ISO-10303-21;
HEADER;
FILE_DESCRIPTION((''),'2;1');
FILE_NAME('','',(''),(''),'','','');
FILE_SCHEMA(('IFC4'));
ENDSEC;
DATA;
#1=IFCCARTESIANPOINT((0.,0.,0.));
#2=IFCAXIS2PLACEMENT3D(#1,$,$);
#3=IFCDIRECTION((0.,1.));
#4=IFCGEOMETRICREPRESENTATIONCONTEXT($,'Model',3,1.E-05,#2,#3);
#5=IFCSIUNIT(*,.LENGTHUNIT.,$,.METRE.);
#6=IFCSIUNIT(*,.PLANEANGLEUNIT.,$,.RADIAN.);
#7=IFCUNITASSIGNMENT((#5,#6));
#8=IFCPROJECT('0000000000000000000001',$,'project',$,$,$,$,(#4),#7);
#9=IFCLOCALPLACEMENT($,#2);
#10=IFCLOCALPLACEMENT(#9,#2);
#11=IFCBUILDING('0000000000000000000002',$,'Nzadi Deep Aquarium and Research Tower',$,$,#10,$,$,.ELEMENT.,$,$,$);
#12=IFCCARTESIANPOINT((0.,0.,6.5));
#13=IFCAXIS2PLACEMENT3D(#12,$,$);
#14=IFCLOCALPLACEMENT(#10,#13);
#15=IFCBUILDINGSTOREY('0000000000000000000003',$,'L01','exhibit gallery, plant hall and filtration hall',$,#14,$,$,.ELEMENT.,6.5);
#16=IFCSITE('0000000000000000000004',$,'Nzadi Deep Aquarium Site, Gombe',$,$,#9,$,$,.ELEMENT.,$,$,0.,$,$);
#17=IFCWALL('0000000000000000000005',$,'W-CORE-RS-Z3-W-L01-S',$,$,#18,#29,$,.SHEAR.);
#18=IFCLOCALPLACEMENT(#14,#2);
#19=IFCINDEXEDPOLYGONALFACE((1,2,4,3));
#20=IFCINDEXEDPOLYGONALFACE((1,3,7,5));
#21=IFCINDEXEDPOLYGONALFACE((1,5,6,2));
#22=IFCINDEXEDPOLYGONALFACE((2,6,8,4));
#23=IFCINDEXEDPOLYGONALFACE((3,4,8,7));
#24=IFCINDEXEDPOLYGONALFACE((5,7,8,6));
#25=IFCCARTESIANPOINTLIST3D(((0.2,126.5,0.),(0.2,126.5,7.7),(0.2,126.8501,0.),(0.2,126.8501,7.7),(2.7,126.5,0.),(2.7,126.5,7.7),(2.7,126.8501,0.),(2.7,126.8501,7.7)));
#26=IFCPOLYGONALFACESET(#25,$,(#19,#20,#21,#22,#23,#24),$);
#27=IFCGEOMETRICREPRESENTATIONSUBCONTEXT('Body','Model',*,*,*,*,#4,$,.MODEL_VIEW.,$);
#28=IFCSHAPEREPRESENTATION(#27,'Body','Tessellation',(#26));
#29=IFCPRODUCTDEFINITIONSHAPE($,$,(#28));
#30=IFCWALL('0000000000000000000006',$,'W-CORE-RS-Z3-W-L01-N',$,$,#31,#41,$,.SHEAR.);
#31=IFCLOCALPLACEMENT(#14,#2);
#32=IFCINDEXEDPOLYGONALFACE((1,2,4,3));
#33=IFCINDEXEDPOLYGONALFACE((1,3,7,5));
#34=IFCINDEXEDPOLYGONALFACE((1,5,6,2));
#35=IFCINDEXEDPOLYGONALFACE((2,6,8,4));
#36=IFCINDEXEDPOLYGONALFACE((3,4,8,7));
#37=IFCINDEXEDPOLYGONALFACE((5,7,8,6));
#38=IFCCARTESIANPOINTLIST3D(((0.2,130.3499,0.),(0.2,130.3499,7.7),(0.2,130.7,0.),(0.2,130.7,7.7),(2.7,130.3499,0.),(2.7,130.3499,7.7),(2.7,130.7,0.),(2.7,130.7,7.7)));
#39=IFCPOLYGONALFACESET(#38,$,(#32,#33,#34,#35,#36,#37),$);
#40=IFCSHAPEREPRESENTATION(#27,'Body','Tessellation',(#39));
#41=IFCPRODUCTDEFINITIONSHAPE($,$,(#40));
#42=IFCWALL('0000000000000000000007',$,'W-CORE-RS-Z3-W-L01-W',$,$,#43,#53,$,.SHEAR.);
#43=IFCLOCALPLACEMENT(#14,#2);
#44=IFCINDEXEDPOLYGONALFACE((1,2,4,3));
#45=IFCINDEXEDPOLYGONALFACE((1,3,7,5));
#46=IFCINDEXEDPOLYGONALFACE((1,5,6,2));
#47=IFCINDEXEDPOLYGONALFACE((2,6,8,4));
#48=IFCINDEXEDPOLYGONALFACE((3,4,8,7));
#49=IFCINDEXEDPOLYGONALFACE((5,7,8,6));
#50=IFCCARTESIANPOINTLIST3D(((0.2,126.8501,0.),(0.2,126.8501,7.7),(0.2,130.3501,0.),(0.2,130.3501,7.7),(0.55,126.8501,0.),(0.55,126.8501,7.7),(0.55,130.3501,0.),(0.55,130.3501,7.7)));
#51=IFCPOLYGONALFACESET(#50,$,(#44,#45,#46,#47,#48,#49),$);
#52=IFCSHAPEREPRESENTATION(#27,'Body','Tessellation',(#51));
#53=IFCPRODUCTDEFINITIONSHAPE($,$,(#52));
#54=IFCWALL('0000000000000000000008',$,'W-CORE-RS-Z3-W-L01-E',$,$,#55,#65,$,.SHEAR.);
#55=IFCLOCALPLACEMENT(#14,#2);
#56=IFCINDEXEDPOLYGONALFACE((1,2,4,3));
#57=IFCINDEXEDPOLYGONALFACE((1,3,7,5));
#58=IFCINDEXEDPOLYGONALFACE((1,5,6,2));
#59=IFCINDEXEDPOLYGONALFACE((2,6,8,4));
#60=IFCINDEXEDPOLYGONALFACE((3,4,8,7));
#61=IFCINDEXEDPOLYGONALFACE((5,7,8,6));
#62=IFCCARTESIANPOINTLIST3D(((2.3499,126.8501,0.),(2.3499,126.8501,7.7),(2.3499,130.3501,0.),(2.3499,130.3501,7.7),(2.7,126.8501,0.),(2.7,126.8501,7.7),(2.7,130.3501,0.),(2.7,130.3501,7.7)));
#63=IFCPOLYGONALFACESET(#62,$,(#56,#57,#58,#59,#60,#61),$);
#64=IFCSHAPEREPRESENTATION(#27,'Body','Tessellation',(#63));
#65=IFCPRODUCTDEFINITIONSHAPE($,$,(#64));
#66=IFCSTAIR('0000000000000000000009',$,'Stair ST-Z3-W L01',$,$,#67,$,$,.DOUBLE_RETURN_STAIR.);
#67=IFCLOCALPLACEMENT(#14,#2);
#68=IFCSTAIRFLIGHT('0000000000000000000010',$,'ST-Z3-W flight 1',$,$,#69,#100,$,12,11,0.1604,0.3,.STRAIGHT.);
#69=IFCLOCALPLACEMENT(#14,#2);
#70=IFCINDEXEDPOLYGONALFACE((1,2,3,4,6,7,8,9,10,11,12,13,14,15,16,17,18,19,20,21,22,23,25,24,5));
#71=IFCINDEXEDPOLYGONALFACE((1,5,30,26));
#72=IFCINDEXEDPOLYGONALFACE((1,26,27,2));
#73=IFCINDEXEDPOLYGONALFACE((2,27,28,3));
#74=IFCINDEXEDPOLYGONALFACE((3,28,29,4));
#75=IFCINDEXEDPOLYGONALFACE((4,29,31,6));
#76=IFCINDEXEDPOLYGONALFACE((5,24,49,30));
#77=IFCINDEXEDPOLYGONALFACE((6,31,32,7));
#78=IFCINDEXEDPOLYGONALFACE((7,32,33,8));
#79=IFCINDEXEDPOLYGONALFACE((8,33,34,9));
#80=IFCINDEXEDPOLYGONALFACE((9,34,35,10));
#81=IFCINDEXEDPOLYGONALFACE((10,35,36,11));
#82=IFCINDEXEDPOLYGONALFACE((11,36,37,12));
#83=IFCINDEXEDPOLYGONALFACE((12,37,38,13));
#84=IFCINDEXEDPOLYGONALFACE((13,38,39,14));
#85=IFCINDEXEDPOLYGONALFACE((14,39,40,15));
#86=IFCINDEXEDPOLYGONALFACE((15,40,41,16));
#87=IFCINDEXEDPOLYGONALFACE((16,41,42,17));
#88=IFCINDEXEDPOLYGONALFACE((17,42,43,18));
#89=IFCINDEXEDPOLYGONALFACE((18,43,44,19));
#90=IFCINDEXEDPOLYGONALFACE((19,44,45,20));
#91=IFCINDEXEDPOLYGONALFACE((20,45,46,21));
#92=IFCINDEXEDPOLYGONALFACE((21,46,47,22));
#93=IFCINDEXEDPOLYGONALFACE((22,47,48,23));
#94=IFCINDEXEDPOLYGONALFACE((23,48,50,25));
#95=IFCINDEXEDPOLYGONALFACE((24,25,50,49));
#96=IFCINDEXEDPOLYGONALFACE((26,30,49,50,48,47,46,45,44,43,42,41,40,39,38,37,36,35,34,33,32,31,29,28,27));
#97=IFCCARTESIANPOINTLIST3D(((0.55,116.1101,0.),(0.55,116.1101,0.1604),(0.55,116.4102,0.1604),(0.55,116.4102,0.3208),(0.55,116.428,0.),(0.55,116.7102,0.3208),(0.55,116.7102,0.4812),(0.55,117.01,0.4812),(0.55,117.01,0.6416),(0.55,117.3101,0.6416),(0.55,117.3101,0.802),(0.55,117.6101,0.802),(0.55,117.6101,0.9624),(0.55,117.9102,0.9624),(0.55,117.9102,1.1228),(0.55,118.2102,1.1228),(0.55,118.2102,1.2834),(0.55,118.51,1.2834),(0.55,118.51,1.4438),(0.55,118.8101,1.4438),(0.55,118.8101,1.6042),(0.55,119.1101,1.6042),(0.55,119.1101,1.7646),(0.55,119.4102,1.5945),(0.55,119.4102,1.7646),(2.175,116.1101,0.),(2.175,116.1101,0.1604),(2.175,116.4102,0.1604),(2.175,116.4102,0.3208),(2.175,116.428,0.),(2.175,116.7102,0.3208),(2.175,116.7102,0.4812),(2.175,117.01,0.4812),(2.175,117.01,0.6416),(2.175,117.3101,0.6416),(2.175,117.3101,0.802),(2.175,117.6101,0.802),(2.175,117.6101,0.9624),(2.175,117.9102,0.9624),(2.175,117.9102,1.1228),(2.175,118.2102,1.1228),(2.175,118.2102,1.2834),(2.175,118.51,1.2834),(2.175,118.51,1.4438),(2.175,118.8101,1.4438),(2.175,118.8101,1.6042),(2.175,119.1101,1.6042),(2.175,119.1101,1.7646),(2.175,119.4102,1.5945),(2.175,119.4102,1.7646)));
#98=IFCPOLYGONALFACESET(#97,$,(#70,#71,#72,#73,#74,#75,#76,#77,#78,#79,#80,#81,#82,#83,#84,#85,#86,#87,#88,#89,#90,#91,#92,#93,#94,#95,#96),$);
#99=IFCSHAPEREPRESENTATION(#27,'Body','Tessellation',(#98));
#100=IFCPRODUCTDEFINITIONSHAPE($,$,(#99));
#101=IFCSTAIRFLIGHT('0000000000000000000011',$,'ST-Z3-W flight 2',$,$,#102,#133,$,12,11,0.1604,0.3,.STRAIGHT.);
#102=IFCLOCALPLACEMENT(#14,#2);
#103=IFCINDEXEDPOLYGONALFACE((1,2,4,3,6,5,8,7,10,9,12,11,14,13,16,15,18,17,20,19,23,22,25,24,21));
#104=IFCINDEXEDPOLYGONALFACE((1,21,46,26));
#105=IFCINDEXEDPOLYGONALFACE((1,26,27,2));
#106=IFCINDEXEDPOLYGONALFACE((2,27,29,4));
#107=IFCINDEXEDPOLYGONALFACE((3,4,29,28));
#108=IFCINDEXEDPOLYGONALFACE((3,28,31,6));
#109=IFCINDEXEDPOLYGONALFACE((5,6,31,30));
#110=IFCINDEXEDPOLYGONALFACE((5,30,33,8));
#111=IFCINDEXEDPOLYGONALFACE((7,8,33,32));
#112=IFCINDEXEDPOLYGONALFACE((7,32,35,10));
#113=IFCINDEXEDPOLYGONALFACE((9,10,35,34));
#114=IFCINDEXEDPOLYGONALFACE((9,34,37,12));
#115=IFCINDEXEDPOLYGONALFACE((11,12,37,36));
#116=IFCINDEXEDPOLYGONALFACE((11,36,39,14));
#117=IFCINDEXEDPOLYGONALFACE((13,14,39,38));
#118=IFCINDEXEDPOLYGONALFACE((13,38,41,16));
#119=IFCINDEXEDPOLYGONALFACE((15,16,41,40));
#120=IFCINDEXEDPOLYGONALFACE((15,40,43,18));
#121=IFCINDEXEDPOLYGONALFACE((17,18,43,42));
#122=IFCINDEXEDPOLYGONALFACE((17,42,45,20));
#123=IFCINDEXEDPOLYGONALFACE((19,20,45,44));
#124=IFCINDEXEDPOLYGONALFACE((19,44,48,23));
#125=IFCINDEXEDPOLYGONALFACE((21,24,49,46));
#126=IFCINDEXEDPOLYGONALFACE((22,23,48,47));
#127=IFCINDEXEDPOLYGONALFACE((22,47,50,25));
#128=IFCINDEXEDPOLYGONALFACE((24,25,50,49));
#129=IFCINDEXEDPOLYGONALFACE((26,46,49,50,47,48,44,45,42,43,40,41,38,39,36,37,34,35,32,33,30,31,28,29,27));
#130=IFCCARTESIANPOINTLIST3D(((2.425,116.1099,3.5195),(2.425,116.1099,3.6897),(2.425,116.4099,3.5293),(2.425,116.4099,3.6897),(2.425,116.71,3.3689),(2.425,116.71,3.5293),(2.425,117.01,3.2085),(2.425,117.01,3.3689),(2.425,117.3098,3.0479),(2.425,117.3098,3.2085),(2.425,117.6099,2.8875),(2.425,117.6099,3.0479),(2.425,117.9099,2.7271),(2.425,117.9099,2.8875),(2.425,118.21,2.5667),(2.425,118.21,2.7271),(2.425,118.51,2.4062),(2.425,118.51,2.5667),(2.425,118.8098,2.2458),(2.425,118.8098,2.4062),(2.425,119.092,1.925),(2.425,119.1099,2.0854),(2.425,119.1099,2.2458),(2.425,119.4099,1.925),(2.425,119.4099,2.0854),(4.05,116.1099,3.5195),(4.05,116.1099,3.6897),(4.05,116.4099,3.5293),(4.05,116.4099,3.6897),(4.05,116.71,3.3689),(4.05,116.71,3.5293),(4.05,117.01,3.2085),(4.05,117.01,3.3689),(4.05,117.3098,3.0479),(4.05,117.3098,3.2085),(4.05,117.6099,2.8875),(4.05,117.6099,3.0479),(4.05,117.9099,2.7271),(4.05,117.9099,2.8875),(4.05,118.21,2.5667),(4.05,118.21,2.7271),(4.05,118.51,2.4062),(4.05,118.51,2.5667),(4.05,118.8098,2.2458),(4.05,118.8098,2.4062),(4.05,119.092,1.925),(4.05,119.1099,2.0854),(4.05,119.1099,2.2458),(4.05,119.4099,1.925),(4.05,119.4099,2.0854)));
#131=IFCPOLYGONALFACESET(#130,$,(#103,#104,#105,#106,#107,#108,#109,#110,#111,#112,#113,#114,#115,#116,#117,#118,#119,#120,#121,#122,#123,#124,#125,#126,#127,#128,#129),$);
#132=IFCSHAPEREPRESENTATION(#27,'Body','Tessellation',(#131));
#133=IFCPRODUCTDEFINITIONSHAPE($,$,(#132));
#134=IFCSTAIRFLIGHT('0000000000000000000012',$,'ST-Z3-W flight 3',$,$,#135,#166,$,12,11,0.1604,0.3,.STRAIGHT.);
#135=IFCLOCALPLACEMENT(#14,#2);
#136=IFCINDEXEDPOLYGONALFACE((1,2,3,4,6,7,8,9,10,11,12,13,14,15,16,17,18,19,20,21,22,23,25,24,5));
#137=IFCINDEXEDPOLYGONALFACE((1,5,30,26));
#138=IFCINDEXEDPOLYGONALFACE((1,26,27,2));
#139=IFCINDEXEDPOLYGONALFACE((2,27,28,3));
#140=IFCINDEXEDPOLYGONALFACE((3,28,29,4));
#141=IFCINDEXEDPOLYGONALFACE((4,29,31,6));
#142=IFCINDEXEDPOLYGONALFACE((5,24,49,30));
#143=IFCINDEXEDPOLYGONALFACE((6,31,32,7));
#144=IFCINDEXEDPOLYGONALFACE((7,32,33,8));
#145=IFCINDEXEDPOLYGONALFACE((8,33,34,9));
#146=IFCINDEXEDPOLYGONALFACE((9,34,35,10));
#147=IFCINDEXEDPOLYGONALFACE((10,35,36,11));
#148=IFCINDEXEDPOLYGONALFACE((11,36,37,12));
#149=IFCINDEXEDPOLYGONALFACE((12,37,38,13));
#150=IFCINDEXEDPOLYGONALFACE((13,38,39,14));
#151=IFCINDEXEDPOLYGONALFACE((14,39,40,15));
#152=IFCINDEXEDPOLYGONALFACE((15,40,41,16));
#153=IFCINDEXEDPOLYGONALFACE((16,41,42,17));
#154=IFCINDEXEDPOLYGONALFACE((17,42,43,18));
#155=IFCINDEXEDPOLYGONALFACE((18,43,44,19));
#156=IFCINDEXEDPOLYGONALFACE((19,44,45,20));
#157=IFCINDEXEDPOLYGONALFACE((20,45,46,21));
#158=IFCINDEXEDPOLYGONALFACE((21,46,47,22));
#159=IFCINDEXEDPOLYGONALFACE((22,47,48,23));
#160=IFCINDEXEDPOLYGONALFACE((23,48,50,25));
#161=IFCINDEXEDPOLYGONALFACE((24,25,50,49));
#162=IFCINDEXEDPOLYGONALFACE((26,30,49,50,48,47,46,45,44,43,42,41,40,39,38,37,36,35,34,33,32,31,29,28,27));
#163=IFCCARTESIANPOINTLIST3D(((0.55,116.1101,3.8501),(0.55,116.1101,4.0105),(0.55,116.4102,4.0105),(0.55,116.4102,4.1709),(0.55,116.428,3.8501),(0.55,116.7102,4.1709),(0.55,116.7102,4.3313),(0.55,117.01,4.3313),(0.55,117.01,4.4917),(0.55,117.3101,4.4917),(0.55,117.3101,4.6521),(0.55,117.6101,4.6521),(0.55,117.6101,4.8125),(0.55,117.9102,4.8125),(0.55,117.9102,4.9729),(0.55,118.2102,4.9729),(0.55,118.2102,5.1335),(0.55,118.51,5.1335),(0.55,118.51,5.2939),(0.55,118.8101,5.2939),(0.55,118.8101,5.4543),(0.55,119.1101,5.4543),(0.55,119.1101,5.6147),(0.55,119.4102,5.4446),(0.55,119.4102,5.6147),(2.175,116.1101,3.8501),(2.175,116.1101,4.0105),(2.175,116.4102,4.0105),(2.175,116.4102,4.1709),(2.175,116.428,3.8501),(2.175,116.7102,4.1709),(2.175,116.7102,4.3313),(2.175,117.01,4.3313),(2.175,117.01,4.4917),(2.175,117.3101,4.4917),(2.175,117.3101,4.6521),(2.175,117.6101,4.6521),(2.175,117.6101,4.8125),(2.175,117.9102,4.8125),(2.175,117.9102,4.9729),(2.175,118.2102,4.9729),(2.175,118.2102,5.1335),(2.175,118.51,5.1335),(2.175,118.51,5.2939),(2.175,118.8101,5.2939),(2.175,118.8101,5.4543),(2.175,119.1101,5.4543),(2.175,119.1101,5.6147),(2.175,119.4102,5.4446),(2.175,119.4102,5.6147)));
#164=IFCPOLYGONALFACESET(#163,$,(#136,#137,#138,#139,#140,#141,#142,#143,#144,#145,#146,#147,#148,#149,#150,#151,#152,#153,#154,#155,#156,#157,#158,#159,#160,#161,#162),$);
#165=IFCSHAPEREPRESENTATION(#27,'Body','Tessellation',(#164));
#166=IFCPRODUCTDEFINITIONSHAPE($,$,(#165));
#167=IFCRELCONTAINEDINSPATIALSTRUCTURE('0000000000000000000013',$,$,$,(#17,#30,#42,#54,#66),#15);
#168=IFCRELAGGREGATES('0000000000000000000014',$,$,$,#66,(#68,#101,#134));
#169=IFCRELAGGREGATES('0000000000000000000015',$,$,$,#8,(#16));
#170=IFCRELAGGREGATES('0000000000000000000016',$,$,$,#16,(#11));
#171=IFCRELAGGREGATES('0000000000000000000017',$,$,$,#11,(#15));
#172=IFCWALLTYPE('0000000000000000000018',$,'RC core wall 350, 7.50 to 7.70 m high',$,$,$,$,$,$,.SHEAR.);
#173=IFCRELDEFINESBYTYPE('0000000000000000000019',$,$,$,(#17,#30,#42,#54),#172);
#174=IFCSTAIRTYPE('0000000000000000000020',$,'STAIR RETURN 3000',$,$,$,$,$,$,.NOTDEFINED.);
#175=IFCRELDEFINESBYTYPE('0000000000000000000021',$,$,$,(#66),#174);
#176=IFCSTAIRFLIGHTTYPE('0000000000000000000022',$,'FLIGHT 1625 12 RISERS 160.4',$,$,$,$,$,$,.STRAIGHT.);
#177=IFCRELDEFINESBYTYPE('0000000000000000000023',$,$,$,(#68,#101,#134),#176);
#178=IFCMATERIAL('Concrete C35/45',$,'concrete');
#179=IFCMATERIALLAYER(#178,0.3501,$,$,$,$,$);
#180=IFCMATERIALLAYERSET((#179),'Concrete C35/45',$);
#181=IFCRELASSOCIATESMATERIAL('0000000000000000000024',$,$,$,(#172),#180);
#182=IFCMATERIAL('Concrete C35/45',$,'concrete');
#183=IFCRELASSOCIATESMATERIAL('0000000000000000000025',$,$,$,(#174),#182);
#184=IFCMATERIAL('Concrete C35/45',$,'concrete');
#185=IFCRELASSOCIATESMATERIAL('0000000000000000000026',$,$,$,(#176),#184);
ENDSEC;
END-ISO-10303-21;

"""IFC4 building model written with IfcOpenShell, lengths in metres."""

from ifc_helpers import new_model, si_unit, direction, frame, frame_2d, origin, place, context, subcontext, project, spatial, polyline, rectangle, outline, extrude, material, layer, layer_set, type_object, element, aggregate, save


model = new_model("IFC4")

# Units and contexts
model_context = context("Model", 3, precision=1e-05, world=origin(), true_north=direction((0.0, 1.0)))
body_context = subcontext(model_context, "Body", "Model", "MODEL_VIEW")
ifc_project = project(units=[si_unit("LENGTHUNIT", "METRE"), si_unit("PLANEANGLEUNIT", "RADIAN")], contexts=[model_context])

# Site, building, storey
site_placement = place(None, origin())
site = spatial("IfcSite", under=ifc_project, at=site_placement, Name="Nzadi Deep Aquarium Site, Gombe", CompositionType="ELEMENT", RefElevation=0.0)
building_placement = place(site_placement, origin())
building = spatial("IfcBuilding", under=site, at=building_placement, Name="Nzadi Deep Aquarium and Research Tower", CompositionType="ELEMENT")
storey_placement = place(building_placement, frame((0.0, 0.0, 6.5)))
storey = spatial("IfcBuildingStorey", under=building, at=storey_placement, Name="L01", Description="exhibit gallery, plant hall and filtration hall", CompositionType="ELEMENT", Elevation=6.5)

# Shared definitions
ifc_material_1 = material(Name="Concrete C35/45", Category="concrete")
ifc_layer = layer(ifc_material_1, 0.3501)
ifc_layer_set = layer_set([ifc_layer], Name="Concrete C35/45")
wall_type = type_object("IfcWallType", Name="RC core wall 350, 7.50 to 7.70 m high", PredefinedType="SHEAR", material=ifc_layer_set)

# Walls
for number, where, z_axis, x_axis, name in (
    (1, (0.2, 126.675, 0.0), (0.0, 0.0, 1.0), (1.0, 0.0, 0.0), "W-CORE-RS-Z3-W-L01-S"),
    (2, (0.2, 130.5249, 0.0), (0.0, 0.0, 1.0), (1.0, 0.0, 0.0), "W-CORE-RS-Z3-W-L01-N"),
):
    element("IfcWall", number, at=place(storey_placement, frame(where, z_axis=z_axis, x_axis=x_axis)), inside=storey, type_object=wall_type, Name=name, PredefinedType="SHEAR", context=body_context, shape_type="SweptSolid", body=[
        extrude(rectangle(XDim=2.5, YDim=0.3501, at=frame_2d((1.25, 0.0))), origin(), (0.0, 0.0, 1.0), 7.7),
    ])
for number, where, z_axis, x_axis, name in (
    (3, (0.375, 126.8501, 0.0), (0.0, 0.0, 1.0), (0.0, 1.0, 0.0), "W-CORE-RS-Z3-W-L01-W"),
    (4, (2.5249, 126.8501, 0.0), (0.0, 0.0, 1.0), (0.0, 1.0, 0.0), "W-CORE-RS-Z3-W-L01-E"),
):
    element("IfcWall", number, at=place(storey_placement, frame(where, z_axis=z_axis, x_axis=x_axis)), inside=storey, type_object=wall_type, Name=name, PredefinedType="SHEAR", context=body_context, shape_type="SweptSolid", body=[
        extrude(rectangle(XDim=3.5, YDim=0.3501, at=frame_2d((1.75, 0.0))), origin(), (0.0, 0.0, 1.0), 7.7),
    ])

# Stair, stair flights
ifc_material_2 = material(Name="Concrete C35/45", Category="concrete")
stair_type = type_object("IfcStairType", Name="STAIR RETURN 3000", PredefinedType="NOTDEFINED", material=ifc_material_2)
stair_placement = place(storey_placement, origin())
stair = element("IfcStair", 5, at=stair_placement, inside=storey, type_object=stair_type, Name="Stair ST-Z3-W L01", PredefinedType="DOUBLE_RETURN_STAIR")
ifc_material_3 = material(Name="Concrete C35/45", Category="concrete")
stair_flight_type = type_object("IfcStairFlightType", Name="FLIGHT 1625 12 RISERS 160.4", PredefinedType="STRAIGHT", material=ifc_material_3)
stair_flight_1_placement = place(storey_placement, frame((1.3625, 116.1101, 0.0), z_axis=(0.0, 0.0, 1.0), x_axis=(0.0, 1.0, 0.0)))
stair_flight_1 = element("IfcStairFlight", 6, at=stair_flight_1_placement, type_object=stair_flight_type, Name="ST-Z3-W flight 1", NumberOfRisers=12, NumberOfTreads=11, PredefinedType="STRAIGHT", RiserHeight=0.1604, TreadLength=0.3, context=body_context, shape_type="SweptSolid", body=[
    extrude(outline(polyline([(0.0, 0.0), (0.0, 0.1604), (0.3, 0.1604), (0.3, 0.3208), (0.6001, 0.3208), (0.6001, 0.4812), (0.8999, 0.4812), (0.8999, 0.6416), (1.2, 0.6416), (1.2, 0.802), (1.5, 0.802), (1.5, 0.9624), (1.8, 0.9624), (1.8, 1.1228), (2.1001, 1.1228), (2.1001, 1.2834), (2.3999, 1.2834), (2.3999, 1.4438), (2.7, 1.4438), (2.7, 1.6042), (3.0, 1.6042), (3.0, 1.7646), (3.3, 1.7646), (3.3, 1.925), (3.3, 1.5945), (0.3179, 0.0), (0.0, 0.0)])), frame((0.0, 0.8125, 0.0), z_axis=(0.0, -1.0, 0.0), x_axis=(1.0, 0.0, 0.0)), (0.0, 0.0, 1.0), 1.625),
])
stair_flight_2_placement = place(storey_placement, frame((3.2375, 119.4099, 1.925), z_axis=(0.0, 0.0, 1.0), x_axis=(0.0, -1.0, 0.0)))
stair_flight_2 = element("IfcStairFlight", 7, at=stair_flight_2_placement, type_object=stair_flight_type, Name="ST-Z3-W flight 2", NumberOfRisers=12, NumberOfTreads=11, PredefinedType="STRAIGHT", RiserHeight=0.1604, TreadLength=0.3, context=body_context, shape_type="SweptSolid", body=[
    extrude(outline(polyline([(0.0, 0.0), (0.0, 0.1604), (0.3, 0.1604), (0.3, 0.3208), (0.6001, 0.3208), (0.6001, 0.4812), (0.8999, 0.4812), (0.8999, 0.6416), (1.2, 0.6416), (1.2, 0.802), (1.5, 0.802), (1.5, 0.9624), (1.8, 0.9624), (1.8, 1.1228), (2.1001, 1.1228), (2.1001, 1.2834), (2.3999, 1.2834), (2.3999, 1.4438), (2.7, 1.4438), (2.7, 1.6042), (3.0, 1.6042), (3.0, 1.7646), (3.3, 1.7646), (3.3, 1.925), (3.3, 1.5945), (0.3179, 0.0), (0.0, 0.0)])), frame((0.0, 0.8125, 0.0), z_axis=(0.0, -1.0, 0.0), x_axis=(1.0, 0.0, 0.0)), (0.0, 0.0, 1.0), 1.625),
])
stair_flight_3_placement = place(storey_placement, frame((1.3625, 116.1101, 3.8501), z_axis=(0.0, 0.0, 1.0), x_axis=(0.0, 1.0, 0.0)))
stair_flight_3 = element("IfcStairFlight", 8, at=stair_flight_3_placement, type_object=stair_flight_type, Name="ST-Z3-W flight 3", NumberOfRisers=12, NumberOfTreads=11, PredefinedType="STRAIGHT", RiserHeight=0.1604, TreadLength=0.3, context=body_context, shape_type="SweptSolid", body=[
    extrude(outline(polyline([(0.0, 0.0), (0.0, 0.1604), (0.3, 0.1604), (0.3, 0.3208), (0.6001, 0.3208), (0.6001, 0.4812), (0.8999, 0.4812), (0.8999, 0.6416), (1.2, 0.6416), (1.2, 0.802), (1.5, 0.802), (1.5, 0.9624), (1.8, 0.9624), (1.8, 1.1228), (2.1001, 1.1228), (2.1001, 1.2834), (2.3999, 1.2834), (2.3999, 1.4438), (2.7, 1.4438), (2.7, 1.6042), (3.0, 1.6042), (3.0, 1.7646), (3.3, 1.7646), (3.3, 1.925), (3.3, 1.5945), (0.3179, 0.0), (0.0, 0.0)])), frame((0.0, 0.8125, 0.0), z_axis=(0.0, -1.0, 0.0), x_axis=(1.0, 0.0, 0.0)), (0.0, 0.0, 1.0), 1.625),
])
aggregate(stair, [stair_flight_1, stair_flight_2, stair_flight_3])

save(model, "model.ifc")
